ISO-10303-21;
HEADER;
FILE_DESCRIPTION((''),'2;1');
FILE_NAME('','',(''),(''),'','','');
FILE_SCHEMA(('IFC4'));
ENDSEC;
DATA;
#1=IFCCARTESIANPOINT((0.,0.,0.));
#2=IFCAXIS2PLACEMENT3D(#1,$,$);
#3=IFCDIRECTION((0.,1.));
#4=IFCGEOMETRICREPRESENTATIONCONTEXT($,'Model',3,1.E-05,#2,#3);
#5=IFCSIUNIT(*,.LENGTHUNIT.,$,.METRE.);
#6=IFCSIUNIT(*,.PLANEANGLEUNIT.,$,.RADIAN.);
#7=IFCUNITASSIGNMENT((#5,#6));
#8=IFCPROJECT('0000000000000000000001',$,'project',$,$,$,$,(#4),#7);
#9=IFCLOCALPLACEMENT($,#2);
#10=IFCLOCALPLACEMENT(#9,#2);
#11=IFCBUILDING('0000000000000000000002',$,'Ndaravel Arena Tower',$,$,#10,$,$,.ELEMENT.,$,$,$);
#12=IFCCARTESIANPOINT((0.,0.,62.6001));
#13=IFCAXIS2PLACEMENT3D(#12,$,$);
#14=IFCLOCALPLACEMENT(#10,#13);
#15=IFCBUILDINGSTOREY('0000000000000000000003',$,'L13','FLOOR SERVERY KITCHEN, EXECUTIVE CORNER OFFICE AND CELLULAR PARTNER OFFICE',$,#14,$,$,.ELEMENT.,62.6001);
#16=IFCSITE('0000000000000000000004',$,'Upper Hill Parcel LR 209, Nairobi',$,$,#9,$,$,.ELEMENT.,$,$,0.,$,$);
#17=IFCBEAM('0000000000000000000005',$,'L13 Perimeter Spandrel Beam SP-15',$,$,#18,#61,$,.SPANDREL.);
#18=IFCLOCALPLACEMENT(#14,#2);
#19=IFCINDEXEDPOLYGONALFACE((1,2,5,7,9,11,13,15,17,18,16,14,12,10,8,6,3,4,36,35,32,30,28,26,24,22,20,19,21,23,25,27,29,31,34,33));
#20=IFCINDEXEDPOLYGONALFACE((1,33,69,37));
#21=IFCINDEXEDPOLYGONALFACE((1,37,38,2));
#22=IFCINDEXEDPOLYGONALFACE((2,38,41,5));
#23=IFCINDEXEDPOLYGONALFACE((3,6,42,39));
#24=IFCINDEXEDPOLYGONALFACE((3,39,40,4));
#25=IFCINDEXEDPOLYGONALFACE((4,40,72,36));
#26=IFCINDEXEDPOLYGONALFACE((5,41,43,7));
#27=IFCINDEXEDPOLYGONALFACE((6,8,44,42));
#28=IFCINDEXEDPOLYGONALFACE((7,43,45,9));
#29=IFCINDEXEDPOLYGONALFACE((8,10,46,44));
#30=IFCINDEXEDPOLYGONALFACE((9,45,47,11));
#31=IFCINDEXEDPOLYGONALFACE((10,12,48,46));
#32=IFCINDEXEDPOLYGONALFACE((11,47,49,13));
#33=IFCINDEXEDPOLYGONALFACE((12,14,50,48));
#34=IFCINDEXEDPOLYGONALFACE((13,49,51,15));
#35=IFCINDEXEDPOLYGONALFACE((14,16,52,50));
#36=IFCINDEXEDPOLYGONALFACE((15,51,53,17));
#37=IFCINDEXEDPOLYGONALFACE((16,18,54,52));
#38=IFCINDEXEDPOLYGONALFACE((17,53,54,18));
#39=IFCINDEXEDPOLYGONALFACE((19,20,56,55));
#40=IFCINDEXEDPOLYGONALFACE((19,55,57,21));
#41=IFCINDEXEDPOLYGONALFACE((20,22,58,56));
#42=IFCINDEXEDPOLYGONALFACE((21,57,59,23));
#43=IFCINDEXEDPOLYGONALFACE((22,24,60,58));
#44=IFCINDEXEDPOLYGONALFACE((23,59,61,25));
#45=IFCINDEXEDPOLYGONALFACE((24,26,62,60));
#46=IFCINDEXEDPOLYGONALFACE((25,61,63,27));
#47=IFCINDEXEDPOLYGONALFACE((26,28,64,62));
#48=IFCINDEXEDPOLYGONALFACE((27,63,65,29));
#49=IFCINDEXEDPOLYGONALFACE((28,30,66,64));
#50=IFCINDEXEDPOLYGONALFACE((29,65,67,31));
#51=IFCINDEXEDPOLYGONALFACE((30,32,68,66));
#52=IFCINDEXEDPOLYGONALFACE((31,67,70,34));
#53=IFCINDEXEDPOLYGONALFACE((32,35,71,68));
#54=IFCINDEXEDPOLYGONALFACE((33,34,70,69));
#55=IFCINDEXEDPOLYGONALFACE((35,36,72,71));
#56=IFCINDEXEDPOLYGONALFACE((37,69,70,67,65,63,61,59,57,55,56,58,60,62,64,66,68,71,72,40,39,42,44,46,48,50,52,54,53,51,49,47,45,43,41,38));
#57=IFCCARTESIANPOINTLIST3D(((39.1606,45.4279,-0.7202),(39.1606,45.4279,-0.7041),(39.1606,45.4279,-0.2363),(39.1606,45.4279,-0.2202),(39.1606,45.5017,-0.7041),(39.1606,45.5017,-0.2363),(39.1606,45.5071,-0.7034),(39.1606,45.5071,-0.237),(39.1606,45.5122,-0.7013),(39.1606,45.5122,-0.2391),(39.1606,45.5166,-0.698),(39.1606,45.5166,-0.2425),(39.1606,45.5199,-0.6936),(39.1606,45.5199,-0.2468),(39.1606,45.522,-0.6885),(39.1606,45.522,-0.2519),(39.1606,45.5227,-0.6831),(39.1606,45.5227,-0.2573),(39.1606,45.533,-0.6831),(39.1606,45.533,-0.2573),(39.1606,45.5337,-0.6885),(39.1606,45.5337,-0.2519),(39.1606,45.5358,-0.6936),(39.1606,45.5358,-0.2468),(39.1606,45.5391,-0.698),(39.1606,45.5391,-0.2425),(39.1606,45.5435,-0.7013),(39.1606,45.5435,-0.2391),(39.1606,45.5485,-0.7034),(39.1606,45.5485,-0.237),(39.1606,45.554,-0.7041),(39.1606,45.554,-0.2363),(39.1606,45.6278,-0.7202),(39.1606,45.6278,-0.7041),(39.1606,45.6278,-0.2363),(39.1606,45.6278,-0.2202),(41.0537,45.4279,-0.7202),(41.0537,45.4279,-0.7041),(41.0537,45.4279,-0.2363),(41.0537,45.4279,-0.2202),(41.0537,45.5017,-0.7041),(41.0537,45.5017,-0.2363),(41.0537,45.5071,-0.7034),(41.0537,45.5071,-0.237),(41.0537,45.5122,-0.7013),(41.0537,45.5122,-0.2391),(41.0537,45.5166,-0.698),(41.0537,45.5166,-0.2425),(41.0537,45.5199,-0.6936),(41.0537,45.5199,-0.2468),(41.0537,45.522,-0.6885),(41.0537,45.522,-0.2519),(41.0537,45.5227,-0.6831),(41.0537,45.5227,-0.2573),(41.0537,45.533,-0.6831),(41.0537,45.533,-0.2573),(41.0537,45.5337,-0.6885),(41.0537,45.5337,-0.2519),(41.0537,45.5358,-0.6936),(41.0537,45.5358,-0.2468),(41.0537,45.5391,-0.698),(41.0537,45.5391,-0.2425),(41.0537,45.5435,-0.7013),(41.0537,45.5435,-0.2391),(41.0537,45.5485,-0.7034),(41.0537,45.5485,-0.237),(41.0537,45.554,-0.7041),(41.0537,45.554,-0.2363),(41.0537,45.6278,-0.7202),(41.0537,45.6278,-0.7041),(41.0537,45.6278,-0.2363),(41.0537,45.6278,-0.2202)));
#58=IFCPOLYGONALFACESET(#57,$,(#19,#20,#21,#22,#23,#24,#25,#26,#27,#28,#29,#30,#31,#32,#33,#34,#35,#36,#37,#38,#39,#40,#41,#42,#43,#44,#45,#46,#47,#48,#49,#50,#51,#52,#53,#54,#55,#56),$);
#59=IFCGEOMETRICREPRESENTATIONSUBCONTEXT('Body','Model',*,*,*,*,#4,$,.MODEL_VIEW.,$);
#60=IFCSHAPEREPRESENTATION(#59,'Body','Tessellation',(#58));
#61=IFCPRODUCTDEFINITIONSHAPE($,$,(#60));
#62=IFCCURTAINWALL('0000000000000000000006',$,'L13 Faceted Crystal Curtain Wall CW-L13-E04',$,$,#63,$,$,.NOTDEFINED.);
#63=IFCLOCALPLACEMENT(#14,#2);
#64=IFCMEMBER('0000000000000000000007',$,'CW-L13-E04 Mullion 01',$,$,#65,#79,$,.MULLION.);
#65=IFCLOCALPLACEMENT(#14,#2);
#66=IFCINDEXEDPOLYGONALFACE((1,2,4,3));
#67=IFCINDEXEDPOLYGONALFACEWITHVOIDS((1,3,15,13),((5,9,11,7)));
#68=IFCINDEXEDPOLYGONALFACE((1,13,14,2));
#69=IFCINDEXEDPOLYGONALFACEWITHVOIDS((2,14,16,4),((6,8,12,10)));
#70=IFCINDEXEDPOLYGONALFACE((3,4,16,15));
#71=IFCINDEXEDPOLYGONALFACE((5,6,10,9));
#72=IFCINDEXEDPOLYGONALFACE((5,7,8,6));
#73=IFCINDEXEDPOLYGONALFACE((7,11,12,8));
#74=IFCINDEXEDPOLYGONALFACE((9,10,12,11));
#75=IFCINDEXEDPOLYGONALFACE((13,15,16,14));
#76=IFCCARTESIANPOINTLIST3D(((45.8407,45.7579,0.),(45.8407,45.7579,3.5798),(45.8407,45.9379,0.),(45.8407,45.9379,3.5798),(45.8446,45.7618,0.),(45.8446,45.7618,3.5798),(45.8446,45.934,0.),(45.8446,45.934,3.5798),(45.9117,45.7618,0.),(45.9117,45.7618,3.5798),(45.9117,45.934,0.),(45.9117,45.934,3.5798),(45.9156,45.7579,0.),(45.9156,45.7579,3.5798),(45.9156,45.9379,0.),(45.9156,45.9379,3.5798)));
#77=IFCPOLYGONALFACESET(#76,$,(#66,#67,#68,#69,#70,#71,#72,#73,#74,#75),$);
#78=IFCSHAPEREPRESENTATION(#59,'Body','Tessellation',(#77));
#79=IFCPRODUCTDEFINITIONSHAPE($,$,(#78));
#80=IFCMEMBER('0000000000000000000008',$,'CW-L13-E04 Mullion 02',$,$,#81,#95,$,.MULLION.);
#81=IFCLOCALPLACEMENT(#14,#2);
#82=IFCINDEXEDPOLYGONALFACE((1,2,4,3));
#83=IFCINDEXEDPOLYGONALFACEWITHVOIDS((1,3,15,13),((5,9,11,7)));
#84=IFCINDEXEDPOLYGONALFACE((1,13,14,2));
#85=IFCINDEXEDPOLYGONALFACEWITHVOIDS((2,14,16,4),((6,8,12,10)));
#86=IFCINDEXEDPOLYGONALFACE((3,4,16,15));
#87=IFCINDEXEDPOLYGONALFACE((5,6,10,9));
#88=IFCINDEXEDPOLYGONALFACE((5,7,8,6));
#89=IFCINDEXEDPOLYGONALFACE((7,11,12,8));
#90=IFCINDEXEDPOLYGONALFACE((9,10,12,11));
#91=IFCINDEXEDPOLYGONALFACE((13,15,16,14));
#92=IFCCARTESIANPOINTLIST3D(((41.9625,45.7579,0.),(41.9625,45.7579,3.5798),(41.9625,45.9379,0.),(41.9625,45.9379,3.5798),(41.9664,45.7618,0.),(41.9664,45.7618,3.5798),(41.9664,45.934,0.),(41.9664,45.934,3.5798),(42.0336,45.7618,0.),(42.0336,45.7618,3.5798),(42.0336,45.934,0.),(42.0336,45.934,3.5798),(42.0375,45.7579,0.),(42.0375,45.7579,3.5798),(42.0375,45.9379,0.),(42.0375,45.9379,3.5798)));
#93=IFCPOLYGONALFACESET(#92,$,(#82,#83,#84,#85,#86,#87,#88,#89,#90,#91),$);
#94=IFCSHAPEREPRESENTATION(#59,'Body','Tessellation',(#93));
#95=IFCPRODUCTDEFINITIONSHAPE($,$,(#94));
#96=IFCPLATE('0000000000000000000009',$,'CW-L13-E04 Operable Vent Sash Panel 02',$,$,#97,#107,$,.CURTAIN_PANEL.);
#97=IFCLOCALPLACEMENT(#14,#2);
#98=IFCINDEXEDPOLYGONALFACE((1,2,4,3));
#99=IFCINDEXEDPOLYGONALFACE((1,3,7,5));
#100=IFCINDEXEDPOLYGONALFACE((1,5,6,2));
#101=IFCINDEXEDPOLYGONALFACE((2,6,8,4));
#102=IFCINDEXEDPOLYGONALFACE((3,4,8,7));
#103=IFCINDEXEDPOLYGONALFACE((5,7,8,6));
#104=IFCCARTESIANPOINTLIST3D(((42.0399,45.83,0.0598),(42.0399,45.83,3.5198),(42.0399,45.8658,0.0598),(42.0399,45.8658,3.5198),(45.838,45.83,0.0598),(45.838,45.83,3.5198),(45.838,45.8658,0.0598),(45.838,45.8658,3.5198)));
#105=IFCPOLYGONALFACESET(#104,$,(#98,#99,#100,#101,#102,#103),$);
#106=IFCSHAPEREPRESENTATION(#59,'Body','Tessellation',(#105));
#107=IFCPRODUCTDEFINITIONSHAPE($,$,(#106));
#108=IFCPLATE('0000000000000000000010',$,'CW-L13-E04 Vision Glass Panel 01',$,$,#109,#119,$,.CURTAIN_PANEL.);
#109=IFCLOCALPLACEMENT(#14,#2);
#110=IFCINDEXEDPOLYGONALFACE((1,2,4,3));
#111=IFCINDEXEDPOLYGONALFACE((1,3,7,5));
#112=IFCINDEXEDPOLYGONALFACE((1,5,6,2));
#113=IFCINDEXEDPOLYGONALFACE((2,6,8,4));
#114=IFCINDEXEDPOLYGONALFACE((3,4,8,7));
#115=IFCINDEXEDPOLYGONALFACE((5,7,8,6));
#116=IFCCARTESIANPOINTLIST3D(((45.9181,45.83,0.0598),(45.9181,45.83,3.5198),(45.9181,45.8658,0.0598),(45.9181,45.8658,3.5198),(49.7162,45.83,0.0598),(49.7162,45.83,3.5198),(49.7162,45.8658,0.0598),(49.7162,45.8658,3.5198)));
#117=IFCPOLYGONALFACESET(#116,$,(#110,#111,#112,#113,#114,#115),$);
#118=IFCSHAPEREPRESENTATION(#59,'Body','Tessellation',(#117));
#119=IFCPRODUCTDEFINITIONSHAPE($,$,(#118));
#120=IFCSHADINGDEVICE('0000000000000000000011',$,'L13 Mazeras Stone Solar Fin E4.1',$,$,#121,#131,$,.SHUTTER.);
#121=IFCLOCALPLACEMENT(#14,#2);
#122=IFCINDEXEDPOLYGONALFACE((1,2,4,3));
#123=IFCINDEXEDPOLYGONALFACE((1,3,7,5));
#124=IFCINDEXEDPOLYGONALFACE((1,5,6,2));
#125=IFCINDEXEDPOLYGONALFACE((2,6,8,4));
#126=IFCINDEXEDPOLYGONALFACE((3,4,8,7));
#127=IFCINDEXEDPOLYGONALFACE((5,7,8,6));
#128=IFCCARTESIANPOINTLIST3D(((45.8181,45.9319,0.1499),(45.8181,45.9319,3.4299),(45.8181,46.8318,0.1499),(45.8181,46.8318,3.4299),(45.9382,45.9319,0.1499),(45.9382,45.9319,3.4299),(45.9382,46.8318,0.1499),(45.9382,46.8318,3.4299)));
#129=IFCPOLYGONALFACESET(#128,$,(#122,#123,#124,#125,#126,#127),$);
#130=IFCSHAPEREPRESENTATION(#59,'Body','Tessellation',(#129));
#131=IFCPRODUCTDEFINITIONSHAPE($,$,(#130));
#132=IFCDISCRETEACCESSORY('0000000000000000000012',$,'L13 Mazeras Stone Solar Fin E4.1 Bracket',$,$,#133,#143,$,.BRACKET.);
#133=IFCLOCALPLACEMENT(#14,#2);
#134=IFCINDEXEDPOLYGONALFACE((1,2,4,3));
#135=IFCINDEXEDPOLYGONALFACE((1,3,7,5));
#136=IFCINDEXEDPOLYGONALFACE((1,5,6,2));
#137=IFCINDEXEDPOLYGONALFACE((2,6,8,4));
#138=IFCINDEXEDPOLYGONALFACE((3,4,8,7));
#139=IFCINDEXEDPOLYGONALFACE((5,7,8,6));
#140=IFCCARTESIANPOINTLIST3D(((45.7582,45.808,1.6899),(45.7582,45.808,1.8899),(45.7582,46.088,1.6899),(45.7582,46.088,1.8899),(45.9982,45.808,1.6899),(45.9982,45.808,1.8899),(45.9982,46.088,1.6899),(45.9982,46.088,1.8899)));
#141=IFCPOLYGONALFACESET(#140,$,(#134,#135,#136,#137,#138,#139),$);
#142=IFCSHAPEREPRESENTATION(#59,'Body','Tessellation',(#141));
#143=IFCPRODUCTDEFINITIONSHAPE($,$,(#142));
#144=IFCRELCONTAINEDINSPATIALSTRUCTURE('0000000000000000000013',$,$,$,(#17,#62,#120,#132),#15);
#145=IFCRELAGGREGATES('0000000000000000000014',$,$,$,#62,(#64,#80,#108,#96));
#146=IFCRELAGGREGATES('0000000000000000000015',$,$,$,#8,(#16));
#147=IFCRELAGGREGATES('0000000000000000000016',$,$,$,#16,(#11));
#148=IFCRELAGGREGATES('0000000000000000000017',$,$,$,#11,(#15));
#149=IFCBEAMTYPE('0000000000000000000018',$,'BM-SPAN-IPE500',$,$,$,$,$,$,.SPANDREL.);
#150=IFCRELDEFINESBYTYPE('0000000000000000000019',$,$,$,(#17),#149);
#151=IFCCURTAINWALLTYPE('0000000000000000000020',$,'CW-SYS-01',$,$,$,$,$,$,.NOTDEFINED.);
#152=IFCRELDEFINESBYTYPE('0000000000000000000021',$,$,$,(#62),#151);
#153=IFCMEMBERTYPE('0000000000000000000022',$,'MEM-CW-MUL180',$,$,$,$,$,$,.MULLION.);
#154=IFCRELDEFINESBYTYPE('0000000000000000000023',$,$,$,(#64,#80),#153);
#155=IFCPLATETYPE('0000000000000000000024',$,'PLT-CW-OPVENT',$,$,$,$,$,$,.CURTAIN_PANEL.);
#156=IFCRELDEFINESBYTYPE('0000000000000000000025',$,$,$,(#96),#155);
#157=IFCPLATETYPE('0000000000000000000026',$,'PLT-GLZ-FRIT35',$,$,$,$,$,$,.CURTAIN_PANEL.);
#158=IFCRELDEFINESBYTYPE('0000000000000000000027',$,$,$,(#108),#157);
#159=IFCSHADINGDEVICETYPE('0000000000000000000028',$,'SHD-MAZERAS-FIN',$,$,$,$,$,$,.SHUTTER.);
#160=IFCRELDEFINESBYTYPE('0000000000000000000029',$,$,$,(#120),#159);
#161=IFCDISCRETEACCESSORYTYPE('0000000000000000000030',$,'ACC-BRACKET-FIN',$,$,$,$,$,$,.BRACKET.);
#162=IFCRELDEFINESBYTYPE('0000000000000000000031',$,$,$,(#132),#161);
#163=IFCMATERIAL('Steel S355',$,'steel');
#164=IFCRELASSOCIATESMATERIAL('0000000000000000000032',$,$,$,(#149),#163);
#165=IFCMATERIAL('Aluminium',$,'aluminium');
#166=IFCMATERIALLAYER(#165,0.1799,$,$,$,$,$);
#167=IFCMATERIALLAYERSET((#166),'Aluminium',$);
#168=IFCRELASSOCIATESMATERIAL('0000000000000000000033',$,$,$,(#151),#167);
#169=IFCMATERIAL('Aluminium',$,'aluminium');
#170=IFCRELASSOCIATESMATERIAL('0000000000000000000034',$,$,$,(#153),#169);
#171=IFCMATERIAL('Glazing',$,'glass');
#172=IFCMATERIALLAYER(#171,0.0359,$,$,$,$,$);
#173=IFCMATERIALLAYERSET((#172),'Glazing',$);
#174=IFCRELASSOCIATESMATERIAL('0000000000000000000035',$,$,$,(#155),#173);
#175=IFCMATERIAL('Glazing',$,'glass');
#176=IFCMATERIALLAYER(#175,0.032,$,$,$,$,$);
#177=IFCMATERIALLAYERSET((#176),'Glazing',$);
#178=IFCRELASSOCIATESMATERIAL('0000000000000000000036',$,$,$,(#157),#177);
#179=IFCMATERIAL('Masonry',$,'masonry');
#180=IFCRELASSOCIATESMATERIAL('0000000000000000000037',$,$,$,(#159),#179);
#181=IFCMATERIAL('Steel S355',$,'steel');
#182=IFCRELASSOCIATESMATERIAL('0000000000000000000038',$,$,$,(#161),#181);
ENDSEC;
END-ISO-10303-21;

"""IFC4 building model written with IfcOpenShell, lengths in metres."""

from ifc_helpers import new_model, si_unit, direction, frame, origin, origin_2d, place, context, subcontext, project, spatial, rectangle, hollow_rectangle, i_section, extrude, material, layer, layer_set, material_profile, profile_set, type_object, element, aggregate, save


model = new_model("IFC4")

# Units and contexts
model_context = context("Model", 3, precision=1e-05, world=origin(), true_north=direction((0.0, 1.0)))
body_context = subcontext(model_context, "Body", "Model", "MODEL_VIEW")
ifc_project = project(units=[si_unit("LENGTHUNIT", "METRE"), si_unit("PLANEANGLEUNIT", "RADIAN")], contexts=[model_context])

# Site, building, storey
site_placement = place(None, origin())
site = spatial("IfcSite", under=ifc_project, at=site_placement, Name="Upper Hill Parcel LR 209, Nairobi", CompositionType="ELEMENT", RefElevation=0.0)
building_placement = place(site_placement, origin())
building = spatial("IfcBuilding", under=site, at=building_placement, Name="Ndaravel Arena Tower", CompositionType="ELEMENT")
storey_placement = place(building_placement, frame((0.0, 0.0, 62.6001)))
storey = spatial("IfcBuildingStorey", under=building, at=storey_placement, Name="L13", Description="FLOOR SERVERY KITCHEN, EXECUTIVE CORNER OFFICE AND CELLULAR PARTNER OFFICE", CompositionType="ELEMENT", Elevation=62.6001)

# Beam
ifc_material_1 = material(Name="Steel S355", Category="steel")
ifc_material_profile_1 = material_profile(ifc_material_1, i_section(OverallWidth=0.2, OverallDepth=0.5, WebThickness=0.0103, FlangeThickness=0.0161, FilletRadius=0.021, at=origin_2d()), Name="IPE 500")
ifc_profile_set_1 = profile_set([ifc_material_profile_1], Name="Steel S355")
beam_type_1 = type_object("IfcBeamType", Name="BM-SPAN-IPE500", PredefinedType="SPANDREL", material=ifc_profile_set_1)
beam_1_placement = place(storey_placement, frame((41.0537, 45.5278, -0.4702), z_axis=(-1.0, 0.0, 0.0), x_axis=(0.0, -1.0, 0.0)))
element("IfcBeam", 1, at=beam_1_placement, inside=storey, type_object=beam_type_1, Name="L13 Perimeter Spandrel Beam SP-15", PredefinedType="SPANDREL", context=body_context, shape_type="SweptSolid", body=[
    extrude(i_section(OverallWidth=0.2, OverallDepth=0.5, WebThickness=0.0103, FlangeThickness=0.0161, FilletRadius=0.021, at=origin_2d()), origin(), (0.0, 0.0, 1.0), 1.8931),
])

# Curtain wall, members, plates
ifc_material_2 = material(Name="Aluminium", Category="aluminium")
ifc_layer_1 = layer(ifc_material_2, 0.1799)
ifc_layer_set_1 = layer_set([ifc_layer_1], Name="Aluminium")
curtain_wall_type = type_object("IfcCurtainWallType", Name="CW-SYS-01", PredefinedType="NOTDEFINED", material=ifc_layer_set_1)
curtain_wall_placement = place(storey_placement, origin())
curtain_wall = element("IfcCurtainWall", 2, at=curtain_wall_placement, inside=storey, type_object=curtain_wall_type, Name="L13 Faceted Crystal Curtain Wall CW-L13-E04", PredefinedType="NOTDEFINED")
ifc_material_3 = material(Name="Aluminium", Category="aluminium")
ifc_material_profile_2 = material_profile(ifc_material_3, hollow_rectangle(XDim=0.075, YDim=0.1799, WallThickness=0.0039, at=origin_2d()), Name="CW MULLION 75x180x4")
ifc_profile_set_2 = profile_set([ifc_material_profile_2], Name="Aluminium")
member_type = type_object("IfcMemberType", Name="MEM-CW-MUL180", PredefinedType="MULLION", material=ifc_profile_set_2)
member_1_placement = place(storey_placement, frame((45.8782, 45.8479, 0.0), z_axis=(0.0, 0.0, 1.0), x_axis=(-1.0, 0.0, 0.0)))
member_1 = element("IfcMember", 3, at=member_1_placement, type_object=member_type, Name="CW-L13-E04 Mullion 01", PredefinedType="MULLION", context=body_context, shape_type="SweptSolid", body=[
    extrude(hollow_rectangle(XDim=0.075, YDim=0.1799, WallThickness=0.0039, at=origin_2d()), origin(), (0.0, 0.0, 1.0), 3.5798),
])
member_2_placement = place(storey_placement, frame((42.0, 45.8479, 0.0), z_axis=(0.0, 0.0, 1.0), x_axis=(-1.0, 0.0, 0.0)))
member_2 = element("IfcMember", 4, at=member_2_placement, type_object=member_type, Name="CW-L13-E04 Mullion 02", PredefinedType="MULLION", context=body_context, shape_type="SweptSolid", body=[
    extrude(hollow_rectangle(XDim=0.075, YDim=0.1799, WallThickness=0.0039, at=origin_2d()), origin(), (0.0, 0.0, 1.0), 3.5798),
])
ifc_material_4 = material(Name="Glazing", Category="glass")
ifc_layer_2 = layer(ifc_material_4, 0.0359)
ifc_layer_set_2 = layer_set([ifc_layer_2], Name="Glazing")
plate_type_1 = type_object("IfcPlateType", Name="PLT-CW-OPVENT", PredefinedType="CURTAIN_PANEL", material=ifc_layer_set_2)
plate_1_placement = place(storey_placement, frame((43.939, 45.8479, 0.0598), z_axis=(0.0, 0.0, 1.0), x_axis=(-1.0, 0.0, 0.0)))
plate_1 = element("IfcPlate", 5, at=plate_1_placement, type_object=plate_type_1, Name="CW-L13-E04 Operable Vent Sash Panel 02", PredefinedType="CURTAIN_PANEL", context=body_context, shape_type="SweptSolid", body=[
    extrude(rectangle(XDim=3.7981, YDim=0.0359, at=origin_2d()), origin(), (0.0, 0.0, 1.0), 3.46),
])
ifc_material_5 = material(Name="Glazing", Category="glass")
ifc_layer_3 = layer(ifc_material_5, 0.032)
ifc_layer_set_3 = layer_set([ifc_layer_3], Name="Glazing")
plate_type_2 = type_object("IfcPlateType", Name="PLT-GLZ-FRIT35", PredefinedType="CURTAIN_PANEL", material=ifc_layer_set_3)
plate_2_placement = place(storey_placement, frame((47.8171, 45.8479, 0.0598), z_axis=(0.0, 0.0, 1.0), x_axis=(-1.0, 0.0, 0.0)))
plate_2 = element("IfcPlate", 6, at=plate_2_placement, type_object=plate_type_2, Name="CW-L13-E04 Vision Glass Panel 01", PredefinedType="CURTAIN_PANEL", context=body_context, shape_type="SweptSolid", body=[
    extrude(rectangle(XDim=3.7981, YDim=0.0359, at=origin_2d()), origin(), (0.0, 0.0, 1.0), 3.46),
])
aggregate(curtain_wall, [member_1, member_2, plate_2, plate_1])

# Shading device
ifc_material_6 = material(Name="Masonry", Category="masonry")
shading_device_type = type_object("IfcShadingDeviceType", Name="SHD-MAZERAS-FIN", PredefinedType="SHUTTER", material=ifc_material_6)
shading_device_placement = place(storey_placement, frame((45.8782, 46.3818, 0.1499), z_axis=(0.0, 0.0, 1.0), x_axis=(0.0, 1.0, 0.0)))
element("IfcShadingDevice", 7, at=shading_device_placement, inside=storey, type_object=shading_device_type, Name="L13 Mazeras Stone Solar Fin E4.1", PredefinedType="SHUTTER", context=body_context, shape_type="SweptSolid", body=[
    extrude(rectangle(XDim=0.8999, YDim=0.1201, at=origin_2d()), origin(), (0.0, 0.0, 1.0), 3.28),
])

# Discrete accessory
ifc_material_7 = material(Name="Steel S355", Category="steel")
discrete_accessory_type = type_object("IfcDiscreteAccessoryType", Name="ACC-BRACKET-FIN", PredefinedType="BRACKET", material=ifc_material_7)
discrete_accessory_placement = place(storey_placement, frame((45.8782, 45.948, 1.6899), z_axis=(0.0, 0.0, 1.0), x_axis=(0.0, 1.0, 0.0)))
element("IfcDiscreteAccessory", 8, at=discrete_accessory_placement, inside=storey, type_object=discrete_accessory_type, Name="L13 Mazeras Stone Solar Fin E4.1 Bracket", PredefinedType="BRACKET", context=body_context, shape_type="SweptSolid", body=[
    extrude(rectangle(XDim=0.28, YDim=0.24, at=origin_2d()), origin(), (0.0, 0.0, 1.0), 0.2),
])

save(model, "model.ifc")
